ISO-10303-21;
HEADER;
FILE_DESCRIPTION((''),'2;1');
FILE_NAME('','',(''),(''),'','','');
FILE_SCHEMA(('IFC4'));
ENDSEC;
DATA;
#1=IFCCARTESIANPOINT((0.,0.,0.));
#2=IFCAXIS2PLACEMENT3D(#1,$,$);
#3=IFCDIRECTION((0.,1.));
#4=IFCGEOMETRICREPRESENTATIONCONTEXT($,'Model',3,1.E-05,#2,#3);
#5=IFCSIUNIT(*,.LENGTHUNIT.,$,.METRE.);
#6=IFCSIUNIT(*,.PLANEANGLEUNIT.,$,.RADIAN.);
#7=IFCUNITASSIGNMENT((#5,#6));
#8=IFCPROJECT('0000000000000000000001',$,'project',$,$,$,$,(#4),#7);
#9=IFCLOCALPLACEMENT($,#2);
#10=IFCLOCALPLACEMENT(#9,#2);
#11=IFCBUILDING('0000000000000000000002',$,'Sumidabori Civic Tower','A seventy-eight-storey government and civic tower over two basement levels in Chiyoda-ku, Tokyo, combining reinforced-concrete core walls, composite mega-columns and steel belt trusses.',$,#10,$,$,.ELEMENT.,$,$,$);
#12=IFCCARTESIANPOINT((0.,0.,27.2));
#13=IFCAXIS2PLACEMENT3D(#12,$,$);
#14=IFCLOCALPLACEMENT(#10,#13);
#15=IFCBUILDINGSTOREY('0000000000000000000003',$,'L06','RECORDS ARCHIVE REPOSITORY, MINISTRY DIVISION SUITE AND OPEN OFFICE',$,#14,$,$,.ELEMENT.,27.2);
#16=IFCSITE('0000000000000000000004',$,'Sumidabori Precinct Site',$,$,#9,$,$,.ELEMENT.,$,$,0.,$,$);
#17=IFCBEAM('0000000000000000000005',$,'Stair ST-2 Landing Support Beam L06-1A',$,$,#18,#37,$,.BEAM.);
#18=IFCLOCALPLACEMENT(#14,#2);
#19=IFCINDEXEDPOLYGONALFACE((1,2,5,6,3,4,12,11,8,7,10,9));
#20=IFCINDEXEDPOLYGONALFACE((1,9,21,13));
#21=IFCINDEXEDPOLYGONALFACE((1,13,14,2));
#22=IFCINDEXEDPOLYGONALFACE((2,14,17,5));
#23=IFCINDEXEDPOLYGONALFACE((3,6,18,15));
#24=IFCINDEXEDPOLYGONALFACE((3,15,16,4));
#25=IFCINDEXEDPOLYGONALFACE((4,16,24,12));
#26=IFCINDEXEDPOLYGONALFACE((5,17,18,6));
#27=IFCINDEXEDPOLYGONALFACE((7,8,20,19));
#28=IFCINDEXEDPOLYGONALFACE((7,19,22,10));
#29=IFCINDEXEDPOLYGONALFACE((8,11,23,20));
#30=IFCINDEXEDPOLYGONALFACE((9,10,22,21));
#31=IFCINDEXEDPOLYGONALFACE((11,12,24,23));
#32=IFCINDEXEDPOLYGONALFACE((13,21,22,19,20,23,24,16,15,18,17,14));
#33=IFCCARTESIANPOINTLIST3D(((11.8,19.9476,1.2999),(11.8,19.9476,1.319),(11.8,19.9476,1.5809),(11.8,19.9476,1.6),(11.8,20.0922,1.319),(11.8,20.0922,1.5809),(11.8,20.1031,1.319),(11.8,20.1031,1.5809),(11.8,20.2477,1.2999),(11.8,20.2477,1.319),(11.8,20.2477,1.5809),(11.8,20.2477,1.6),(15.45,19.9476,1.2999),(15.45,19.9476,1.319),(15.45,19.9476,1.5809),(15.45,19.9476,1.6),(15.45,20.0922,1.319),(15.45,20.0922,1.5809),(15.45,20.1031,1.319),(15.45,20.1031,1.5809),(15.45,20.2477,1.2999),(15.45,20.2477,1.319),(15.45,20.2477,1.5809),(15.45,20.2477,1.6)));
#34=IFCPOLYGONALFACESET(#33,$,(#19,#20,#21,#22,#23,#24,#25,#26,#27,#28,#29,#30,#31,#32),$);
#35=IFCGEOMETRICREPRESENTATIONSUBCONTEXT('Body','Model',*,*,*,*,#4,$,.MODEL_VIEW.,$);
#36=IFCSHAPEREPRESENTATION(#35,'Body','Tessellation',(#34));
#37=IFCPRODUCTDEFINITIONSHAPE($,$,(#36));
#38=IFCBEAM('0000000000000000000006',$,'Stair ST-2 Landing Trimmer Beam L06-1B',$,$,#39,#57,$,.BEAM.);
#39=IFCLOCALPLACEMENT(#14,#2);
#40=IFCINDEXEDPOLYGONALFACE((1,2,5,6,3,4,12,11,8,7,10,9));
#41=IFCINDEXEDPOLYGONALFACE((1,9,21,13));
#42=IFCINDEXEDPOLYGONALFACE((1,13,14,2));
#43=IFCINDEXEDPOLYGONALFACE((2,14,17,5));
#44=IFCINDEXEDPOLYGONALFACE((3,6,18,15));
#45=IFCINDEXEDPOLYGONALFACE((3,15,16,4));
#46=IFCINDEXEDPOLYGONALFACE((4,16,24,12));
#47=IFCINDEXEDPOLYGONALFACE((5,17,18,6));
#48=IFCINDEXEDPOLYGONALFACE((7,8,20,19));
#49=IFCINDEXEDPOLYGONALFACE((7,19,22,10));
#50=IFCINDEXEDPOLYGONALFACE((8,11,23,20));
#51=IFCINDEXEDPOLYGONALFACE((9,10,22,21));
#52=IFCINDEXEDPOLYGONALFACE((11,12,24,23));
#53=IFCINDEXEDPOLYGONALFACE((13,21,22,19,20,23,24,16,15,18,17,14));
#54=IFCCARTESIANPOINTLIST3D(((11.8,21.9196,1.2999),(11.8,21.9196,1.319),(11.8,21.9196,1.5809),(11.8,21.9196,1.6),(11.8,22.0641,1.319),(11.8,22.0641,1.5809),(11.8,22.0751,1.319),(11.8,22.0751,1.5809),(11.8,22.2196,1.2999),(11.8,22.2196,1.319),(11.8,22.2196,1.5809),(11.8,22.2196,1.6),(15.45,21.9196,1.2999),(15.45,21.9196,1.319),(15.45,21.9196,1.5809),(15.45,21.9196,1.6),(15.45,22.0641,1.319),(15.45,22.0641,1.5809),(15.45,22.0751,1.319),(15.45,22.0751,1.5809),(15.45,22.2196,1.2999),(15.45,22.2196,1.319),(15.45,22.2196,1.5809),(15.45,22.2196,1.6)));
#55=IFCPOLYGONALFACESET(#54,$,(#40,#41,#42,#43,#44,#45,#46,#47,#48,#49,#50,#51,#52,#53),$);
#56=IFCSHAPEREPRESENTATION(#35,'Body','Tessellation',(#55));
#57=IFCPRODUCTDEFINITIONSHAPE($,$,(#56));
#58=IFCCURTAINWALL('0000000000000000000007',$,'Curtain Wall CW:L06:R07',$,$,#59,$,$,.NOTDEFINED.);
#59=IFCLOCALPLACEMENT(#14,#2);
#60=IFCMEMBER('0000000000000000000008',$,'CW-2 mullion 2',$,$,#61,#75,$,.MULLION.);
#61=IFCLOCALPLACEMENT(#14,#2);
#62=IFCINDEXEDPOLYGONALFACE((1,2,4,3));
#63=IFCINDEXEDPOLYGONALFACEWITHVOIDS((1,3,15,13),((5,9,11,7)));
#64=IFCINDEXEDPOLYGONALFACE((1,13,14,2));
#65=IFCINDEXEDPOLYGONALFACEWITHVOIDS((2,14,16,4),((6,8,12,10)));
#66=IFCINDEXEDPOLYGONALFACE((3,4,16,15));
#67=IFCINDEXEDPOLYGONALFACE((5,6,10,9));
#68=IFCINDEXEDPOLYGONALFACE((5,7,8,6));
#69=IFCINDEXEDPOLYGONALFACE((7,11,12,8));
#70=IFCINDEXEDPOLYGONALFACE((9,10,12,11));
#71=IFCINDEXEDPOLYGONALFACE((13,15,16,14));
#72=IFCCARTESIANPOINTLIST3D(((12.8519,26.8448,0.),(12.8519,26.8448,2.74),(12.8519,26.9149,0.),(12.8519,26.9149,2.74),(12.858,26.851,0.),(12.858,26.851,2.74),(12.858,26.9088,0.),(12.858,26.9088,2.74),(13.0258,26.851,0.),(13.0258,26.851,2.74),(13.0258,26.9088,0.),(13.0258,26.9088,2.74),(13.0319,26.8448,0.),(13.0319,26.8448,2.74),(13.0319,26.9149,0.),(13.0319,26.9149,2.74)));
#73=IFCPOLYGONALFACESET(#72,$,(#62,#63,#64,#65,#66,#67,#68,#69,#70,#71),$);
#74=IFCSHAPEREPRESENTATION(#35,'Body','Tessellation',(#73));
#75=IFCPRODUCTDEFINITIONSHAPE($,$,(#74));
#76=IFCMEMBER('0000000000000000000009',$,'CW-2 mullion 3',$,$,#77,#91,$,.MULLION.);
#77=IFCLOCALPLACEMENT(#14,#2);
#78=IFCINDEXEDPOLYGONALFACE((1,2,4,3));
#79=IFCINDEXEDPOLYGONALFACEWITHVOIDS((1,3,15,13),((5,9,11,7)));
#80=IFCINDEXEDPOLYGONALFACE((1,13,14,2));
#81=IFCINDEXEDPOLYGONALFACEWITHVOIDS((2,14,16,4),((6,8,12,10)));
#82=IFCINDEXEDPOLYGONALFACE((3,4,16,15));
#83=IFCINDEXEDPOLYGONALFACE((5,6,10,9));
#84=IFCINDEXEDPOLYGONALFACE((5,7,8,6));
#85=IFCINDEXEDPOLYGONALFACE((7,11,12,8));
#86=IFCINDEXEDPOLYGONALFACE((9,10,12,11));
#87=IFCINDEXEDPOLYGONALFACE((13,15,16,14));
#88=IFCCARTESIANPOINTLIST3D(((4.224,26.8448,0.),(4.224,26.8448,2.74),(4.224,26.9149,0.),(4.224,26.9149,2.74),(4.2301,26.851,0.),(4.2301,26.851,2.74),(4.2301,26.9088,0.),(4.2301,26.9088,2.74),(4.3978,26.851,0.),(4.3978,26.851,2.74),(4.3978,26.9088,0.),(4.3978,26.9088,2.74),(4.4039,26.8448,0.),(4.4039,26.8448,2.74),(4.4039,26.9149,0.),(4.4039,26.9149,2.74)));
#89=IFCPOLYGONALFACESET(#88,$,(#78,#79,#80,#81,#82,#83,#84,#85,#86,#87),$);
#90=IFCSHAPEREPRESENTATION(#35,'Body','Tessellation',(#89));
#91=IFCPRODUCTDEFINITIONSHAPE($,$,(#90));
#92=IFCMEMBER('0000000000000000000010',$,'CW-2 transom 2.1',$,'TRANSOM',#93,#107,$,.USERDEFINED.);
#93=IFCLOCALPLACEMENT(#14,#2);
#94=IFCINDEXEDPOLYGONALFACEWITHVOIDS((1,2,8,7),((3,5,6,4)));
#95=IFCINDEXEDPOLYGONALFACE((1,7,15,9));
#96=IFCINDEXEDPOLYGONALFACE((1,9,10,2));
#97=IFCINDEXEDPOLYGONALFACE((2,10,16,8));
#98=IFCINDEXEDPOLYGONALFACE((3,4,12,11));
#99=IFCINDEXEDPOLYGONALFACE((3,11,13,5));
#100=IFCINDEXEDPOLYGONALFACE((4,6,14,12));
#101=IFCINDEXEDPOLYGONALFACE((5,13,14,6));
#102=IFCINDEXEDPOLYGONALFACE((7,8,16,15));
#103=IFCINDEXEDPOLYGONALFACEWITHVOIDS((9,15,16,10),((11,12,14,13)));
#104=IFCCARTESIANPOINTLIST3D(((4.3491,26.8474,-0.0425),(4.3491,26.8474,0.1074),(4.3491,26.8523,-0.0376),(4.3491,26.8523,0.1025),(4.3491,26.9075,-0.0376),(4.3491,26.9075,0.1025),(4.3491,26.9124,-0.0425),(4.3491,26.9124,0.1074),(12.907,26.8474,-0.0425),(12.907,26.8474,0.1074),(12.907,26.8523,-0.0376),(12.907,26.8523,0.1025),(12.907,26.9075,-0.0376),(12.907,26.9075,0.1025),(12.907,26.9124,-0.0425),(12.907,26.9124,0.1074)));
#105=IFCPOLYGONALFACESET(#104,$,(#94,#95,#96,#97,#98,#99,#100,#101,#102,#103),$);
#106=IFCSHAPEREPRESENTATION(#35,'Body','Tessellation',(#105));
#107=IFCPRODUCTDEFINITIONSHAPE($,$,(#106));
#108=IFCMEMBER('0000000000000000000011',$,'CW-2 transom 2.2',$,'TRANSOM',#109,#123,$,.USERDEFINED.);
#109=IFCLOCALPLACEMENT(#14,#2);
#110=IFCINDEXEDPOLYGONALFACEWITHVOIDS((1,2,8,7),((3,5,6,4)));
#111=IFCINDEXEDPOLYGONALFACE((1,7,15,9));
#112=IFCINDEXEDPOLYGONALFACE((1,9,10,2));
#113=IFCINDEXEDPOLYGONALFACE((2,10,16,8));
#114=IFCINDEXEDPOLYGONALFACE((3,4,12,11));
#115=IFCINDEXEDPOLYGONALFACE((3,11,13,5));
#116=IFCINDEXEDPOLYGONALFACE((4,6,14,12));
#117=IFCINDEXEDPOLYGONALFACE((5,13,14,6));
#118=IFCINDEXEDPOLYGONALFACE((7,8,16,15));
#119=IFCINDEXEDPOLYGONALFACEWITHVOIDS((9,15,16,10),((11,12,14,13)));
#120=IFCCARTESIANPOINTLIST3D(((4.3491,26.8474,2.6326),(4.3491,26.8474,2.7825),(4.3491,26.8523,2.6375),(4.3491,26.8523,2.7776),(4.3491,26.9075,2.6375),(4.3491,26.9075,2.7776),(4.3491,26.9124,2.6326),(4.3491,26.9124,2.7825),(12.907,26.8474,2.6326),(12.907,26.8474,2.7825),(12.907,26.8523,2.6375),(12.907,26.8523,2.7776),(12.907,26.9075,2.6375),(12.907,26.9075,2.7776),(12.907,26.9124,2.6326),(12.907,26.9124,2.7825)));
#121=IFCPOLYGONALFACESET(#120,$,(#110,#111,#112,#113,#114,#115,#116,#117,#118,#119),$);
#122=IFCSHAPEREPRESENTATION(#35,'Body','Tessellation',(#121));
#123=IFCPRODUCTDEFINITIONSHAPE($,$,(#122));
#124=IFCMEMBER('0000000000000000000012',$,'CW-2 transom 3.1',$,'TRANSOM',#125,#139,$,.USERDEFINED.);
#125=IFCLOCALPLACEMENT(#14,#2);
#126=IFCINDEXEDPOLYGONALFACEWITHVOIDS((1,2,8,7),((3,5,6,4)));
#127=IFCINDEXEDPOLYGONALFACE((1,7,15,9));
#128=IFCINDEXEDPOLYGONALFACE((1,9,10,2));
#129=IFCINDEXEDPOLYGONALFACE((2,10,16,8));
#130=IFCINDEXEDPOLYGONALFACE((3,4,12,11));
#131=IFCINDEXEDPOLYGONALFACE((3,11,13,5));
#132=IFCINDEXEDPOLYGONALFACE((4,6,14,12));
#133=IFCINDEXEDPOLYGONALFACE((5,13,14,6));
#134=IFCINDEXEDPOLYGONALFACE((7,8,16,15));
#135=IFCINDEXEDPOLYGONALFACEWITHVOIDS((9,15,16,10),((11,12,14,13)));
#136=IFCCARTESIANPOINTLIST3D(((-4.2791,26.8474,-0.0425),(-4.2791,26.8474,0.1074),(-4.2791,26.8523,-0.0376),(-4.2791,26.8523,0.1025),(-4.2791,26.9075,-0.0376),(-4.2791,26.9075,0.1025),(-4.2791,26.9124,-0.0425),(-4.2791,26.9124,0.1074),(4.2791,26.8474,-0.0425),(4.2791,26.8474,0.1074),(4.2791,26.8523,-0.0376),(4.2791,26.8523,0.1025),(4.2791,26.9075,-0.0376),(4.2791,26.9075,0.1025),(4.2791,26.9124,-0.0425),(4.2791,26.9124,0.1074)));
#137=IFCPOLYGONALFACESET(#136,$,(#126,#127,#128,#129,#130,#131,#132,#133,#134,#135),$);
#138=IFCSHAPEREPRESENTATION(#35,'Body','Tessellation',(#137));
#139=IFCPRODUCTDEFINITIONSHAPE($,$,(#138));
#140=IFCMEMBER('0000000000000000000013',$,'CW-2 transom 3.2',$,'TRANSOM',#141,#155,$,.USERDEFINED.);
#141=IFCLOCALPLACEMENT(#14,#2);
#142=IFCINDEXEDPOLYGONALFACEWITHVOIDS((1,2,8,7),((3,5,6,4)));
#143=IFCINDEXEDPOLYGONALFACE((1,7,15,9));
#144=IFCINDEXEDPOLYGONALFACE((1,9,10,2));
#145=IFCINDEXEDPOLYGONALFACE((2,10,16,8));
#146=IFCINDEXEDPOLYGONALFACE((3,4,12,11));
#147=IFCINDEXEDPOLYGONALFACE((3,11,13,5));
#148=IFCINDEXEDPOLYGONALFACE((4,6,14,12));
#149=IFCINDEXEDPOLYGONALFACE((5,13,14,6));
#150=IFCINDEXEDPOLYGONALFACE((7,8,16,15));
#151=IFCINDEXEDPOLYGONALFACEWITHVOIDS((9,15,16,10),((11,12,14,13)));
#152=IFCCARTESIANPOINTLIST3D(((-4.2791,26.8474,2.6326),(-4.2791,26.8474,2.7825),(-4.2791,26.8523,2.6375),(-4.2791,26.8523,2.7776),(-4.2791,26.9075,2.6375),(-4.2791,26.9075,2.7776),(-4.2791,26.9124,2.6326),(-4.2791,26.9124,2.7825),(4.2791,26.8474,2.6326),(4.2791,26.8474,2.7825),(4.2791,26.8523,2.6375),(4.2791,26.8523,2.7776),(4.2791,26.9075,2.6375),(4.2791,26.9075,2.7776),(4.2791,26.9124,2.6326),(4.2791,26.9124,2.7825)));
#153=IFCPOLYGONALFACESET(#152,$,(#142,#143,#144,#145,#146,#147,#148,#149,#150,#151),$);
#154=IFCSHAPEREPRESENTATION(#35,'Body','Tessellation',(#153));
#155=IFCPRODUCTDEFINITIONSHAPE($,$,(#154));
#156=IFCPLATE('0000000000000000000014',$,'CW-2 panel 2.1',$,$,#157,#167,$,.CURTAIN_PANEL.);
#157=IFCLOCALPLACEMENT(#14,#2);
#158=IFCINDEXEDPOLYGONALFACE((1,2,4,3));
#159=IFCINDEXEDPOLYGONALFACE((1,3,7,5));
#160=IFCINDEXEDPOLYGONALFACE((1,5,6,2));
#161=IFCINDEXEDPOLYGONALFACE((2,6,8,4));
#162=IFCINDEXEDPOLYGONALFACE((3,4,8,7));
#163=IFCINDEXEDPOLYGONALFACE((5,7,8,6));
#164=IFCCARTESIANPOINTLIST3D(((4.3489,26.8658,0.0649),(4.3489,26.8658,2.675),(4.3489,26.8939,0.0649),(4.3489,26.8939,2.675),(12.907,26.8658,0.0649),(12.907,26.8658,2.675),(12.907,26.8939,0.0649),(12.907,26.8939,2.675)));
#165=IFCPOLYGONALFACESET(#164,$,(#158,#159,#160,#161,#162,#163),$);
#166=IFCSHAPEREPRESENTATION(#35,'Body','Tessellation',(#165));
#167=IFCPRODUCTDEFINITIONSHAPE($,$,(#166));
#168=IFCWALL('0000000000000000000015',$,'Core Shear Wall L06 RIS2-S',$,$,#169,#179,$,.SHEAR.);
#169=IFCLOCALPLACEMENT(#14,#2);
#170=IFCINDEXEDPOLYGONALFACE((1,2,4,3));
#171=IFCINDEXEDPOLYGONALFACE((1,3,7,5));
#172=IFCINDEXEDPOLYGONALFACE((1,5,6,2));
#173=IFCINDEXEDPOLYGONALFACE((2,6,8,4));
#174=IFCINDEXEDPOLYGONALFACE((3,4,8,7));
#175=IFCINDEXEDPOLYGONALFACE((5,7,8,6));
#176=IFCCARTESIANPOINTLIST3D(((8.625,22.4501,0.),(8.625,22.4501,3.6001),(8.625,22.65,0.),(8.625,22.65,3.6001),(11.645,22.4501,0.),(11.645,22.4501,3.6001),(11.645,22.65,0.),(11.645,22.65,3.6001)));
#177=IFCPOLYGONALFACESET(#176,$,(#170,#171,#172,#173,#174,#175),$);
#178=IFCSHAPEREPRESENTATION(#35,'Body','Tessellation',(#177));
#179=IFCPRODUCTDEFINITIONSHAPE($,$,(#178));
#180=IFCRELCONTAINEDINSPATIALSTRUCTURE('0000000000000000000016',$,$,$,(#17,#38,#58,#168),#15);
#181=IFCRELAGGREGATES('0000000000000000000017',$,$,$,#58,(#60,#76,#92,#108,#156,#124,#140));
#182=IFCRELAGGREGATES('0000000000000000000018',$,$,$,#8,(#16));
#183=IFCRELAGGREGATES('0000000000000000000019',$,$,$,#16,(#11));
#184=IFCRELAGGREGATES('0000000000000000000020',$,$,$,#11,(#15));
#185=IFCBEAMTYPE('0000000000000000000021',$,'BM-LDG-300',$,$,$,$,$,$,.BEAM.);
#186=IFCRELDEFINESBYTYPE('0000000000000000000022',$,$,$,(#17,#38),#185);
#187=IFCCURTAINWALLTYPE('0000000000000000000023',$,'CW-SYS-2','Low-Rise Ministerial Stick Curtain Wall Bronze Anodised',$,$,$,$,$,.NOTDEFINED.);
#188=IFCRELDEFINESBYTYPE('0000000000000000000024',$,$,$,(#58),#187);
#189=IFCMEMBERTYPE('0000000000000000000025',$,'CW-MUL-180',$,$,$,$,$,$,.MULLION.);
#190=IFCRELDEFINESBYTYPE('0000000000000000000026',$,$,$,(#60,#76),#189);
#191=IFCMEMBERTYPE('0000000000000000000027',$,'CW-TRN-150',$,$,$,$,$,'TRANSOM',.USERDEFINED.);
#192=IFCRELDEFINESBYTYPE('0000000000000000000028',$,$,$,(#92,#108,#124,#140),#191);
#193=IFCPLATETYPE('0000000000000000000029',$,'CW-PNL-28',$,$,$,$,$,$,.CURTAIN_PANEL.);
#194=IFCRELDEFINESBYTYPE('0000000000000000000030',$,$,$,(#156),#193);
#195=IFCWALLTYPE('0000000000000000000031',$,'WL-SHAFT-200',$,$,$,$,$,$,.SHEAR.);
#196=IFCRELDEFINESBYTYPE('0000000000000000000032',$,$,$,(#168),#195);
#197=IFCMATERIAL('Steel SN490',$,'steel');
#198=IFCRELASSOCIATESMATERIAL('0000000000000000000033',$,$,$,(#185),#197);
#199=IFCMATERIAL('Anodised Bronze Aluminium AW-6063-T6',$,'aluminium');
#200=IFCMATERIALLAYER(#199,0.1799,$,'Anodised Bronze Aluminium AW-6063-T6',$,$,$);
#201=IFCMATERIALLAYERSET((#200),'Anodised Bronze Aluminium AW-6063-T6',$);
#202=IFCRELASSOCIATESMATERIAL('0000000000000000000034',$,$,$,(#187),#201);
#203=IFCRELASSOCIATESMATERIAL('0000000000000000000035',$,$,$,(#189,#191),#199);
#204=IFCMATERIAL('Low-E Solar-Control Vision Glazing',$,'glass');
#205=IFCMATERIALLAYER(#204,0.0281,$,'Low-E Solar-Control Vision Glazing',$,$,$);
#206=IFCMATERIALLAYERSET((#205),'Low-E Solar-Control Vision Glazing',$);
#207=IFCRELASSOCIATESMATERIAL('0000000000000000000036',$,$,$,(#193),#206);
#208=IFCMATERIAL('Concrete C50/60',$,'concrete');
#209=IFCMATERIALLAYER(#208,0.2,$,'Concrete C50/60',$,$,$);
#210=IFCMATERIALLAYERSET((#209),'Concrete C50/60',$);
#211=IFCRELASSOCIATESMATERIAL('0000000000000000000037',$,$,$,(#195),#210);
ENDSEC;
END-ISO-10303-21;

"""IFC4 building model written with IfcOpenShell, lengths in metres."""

from ifc_helpers import new_model, si_unit, direction, frame, frame_2d, origin, origin_2d, place, context, subcontext, project, spatial, rectangle, hollow_rectangle, i_section, extrude, source, transform, mapped, material, layer, layer_set, material_profile, profile_set, type_object, element, aggregate, save


model = new_model("IFC4")

# Units and contexts
model_context = context("Model", 3, precision=1e-05, world=origin(), true_north=direction((0.0, 1.0)))
body_context = subcontext(model_context, "Body", "Model", "MODEL_VIEW")
ifc_project = project(units=[si_unit("LENGTHUNIT", "METRE"), si_unit("PLANEANGLEUNIT", "RADIAN")], contexts=[model_context])

# Site, building, storey
site_placement = place(None, origin())
site = spatial("IfcSite", under=ifc_project, at=site_placement, Name="Sumidabori Precinct Site", CompositionType="ELEMENT", RefElevation=0.0)
building_placement = place(site_placement, origin())
building = spatial("IfcBuilding", under=site, at=building_placement, Name="Sumidabori Civic Tower", Description="A seventy-eight-storey government and civic tower over two basement levels in Chiyoda-ku, Tokyo, combining reinforced-concrete core walls, composite mega-columns and steel belt trusses.", CompositionType="ELEMENT")
storey_placement = place(building_placement, frame((0.0, 0.0, 27.2)))
storey = spatial("IfcBuildingStorey", under=building, at=storey_placement, Name="L06", Description="RECORDS ARCHIVE REPOSITORY, MINISTRY DIVISION SUITE AND OPEN OFFICE", CompositionType="ELEMENT", Elevation=27.2)

# Beams
ifc_material_1 = material(Name="Steel SN490", Category="steel")
ifc_material_profile_1 = material_profile(ifc_material_1, i_section(OverallWidth=0.3, OverallDepth=0.3, WebThickness=0.011, FlangeThickness=0.019, at=origin_2d()), Name="HE 300 B")
ifc_profile_set_1 = profile_set([ifc_material_profile_1], Name="Steel SN490")
beam_type = type_object("IfcBeamType", Name="BM-LDG-300", PredefinedType="BEAM", material=ifc_profile_set_1)
shared_shape_1 = source(origin(), body_context, "Body", "SweptSolid", [
    extrude(i_section(OverallWidth=0.3, OverallDepth=0.3, WebThickness=0.011, FlangeThickness=0.019, at=origin_2d()), origin(), (0.0, 0.0, 1.0), 3.6499),
])
for number, where, z_axis, x_axis, name in (
    (1, (11.8, 20.0977, 1.45), (1.0, 0.0, 0.0), (0.0, 1.0, 0.0), "Stair ST-2 Landing Support Beam L06-1A"),
    (2, (11.8, 22.0696, 1.45), (1.0, 0.0, 0.0), (0.0, 1.0, 0.0), "Stair ST-2 Landing Trimmer Beam L06-1B"),
):
    element("IfcBeam", number, at=place(storey_placement, frame(where, z_axis=z_axis, x_axis=x_axis)), inside=storey, type_object=beam_type, Name=name, PredefinedType="BEAM", context=body_context, shape_type="MappedRepresentation", body=[
        mapped(shared_shape_1, transform((0.0, 0.0, 0.0), x_axis=(1.0, 0.0, 0.0), y_axis=(0.0, 1.0, 0.0), z_axis=(0.0, 0.0, 1.0), scale=1.0)),
    ])

# Curtain wall, members, plate
ifc_material_2 = material(Name="Anodised Bronze Aluminium AW-6063-T6", Category="aluminium")
ifc_layer_1 = layer(ifc_material_2, 0.1799, Name="Anodised Bronze Aluminium AW-6063-T6")
ifc_layer_set_1 = layer_set([ifc_layer_1], Name="Anodised Bronze Aluminium AW-6063-T6")
curtain_wall_type = type_object("IfcCurtainWallType", Name="CW-SYS-2", Description="Low-Rise Ministerial Stick Curtain Wall Bronze Anodised", PredefinedType="NOTDEFINED", material=ifc_layer_set_1)
curtain_wall_placement = place(storey_placement, origin())
curtain_wall = element("IfcCurtainWall", 3, at=curtain_wall_placement, inside=storey, type_object=curtain_wall_type, Name="Curtain Wall CW:L06:R07", PredefinedType="NOTDEFINED")
ifc_material_profile_2 = material_profile(ifc_material_2, hollow_rectangle(XDim=0.0701, YDim=0.1799, WallThickness=0.0061, at=origin_2d()), Name="ALU MULLION 180x70")
ifc_profile_set_2 = profile_set([ifc_material_profile_2], Name="Anodised Bronze Aluminium AW-6063-T6")
member_type_1 = type_object("IfcMemberType", Name="CW-MUL-180", PredefinedType="MULLION", material=ifc_profile_set_2)
shared_shape_2 = source(origin(), body_context, "Body", "SweptSolid", [
    extrude(hollow_rectangle(XDim=0.0701, YDim=0.1799, WallThickness=0.0061, at=origin_2d()), origin(), (0.0, 0.0, 1.0), 2.74),
])
member_1_placement = place(storey_placement, frame((12.9419, 26.8799, 0.0), z_axis=(0.0, 0.0, 1.0), x_axis=(0.0, -1.0, 0.0)))
member_1 = element("IfcMember", 4, at=member_1_placement, type_object=member_type_1, Name="CW-2 mullion 2", PredefinedType="MULLION", context=body_context, shape_type="MappedRepresentation", body=[
    mapped(shared_shape_2, transform((0.0, 0.0, 0.0), x_axis=(1.0, 0.0, 0.0), y_axis=(0.0, 1.0, 0.0), z_axis=(0.0, 0.0, 1.0), scale=1.0)),
])
member_2_placement = place(storey_placement, frame((4.314, 26.8799, 0.0), z_axis=(0.0, 0.0, 1.0), x_axis=(0.0, -1.0, 0.0)))
member_2 = element("IfcMember", 5, at=member_2_placement, type_object=member_type_1, Name="CW-2 mullion 3", PredefinedType="MULLION", context=body_context, shape_type="MappedRepresentation", body=[
    mapped(shared_shape_2, transform((0.0, 0.0, 0.0), x_axis=(1.0, 0.0, 0.0), y_axis=(0.0, 1.0, 0.0), z_axis=(0.0, 0.0, 1.0), scale=1.0)),
])
ifc_material_profile_3 = material_profile(ifc_material_2, hollow_rectangle(XDim=0.0649, YDim=0.1499, WallThickness=0.0049, at=origin_2d()), Name="ALU TRANSOM 150x65")
ifc_profile_set_3 = profile_set([ifc_material_profile_3], Name="Anodised Bronze Aluminium AW-6063-T6")
member_type_2 = type_object("IfcMemberType", Name="CW-TRN-150", ElementType="TRANSOM", PredefinedType="USERDEFINED", material=ifc_profile_set_3)
shared_shape_3 = source(origin(), body_context, "Body", "SweptSolid", [
    extrude(hollow_rectangle(XDim=0.0649, YDim=0.1499, WallThickness=0.0049, at=origin_2d()), origin(), (0.0, 0.0, 1.0), 8.5579),
])
member_3_placement = place(storey_placement, frame((12.907, 26.8799, 0.0325), z_axis=(-1.0, 0.0, 0.0), x_axis=(0.0, -1.0, 0.0)))
member_3 = element("IfcMember", 6, at=member_3_placement, type_object=member_type_2, Name="CW-2 transom 2.1", ObjectType="TRANSOM", PredefinedType="USERDEFINED", context=body_context, shape_type="MappedRepresentation", body=[
    mapped(shared_shape_3, transform((0.0, 0.0, 0.0), x_axis=(1.0, 0.0, 0.0), y_axis=(0.0, 1.0, 0.0), z_axis=(0.0, 0.0, 1.0), scale=1.0)),
])
member_4_placement = place(storey_placement, frame((12.907, 26.8799, 2.7075), z_axis=(-1.0, 0.0, 0.0), x_axis=(0.0, -1.0, 0.0)))
member_4 = element("IfcMember", 7, at=member_4_placement, type_object=member_type_2, Name="CW-2 transom 2.2", ObjectType="TRANSOM", PredefinedType="USERDEFINED", context=body_context, shape_type="MappedRepresentation", body=[
    mapped(shared_shape_3, transform((0.0, 0.0, 0.0), x_axis=(1.0, 0.0, 0.0), y_axis=(0.0, 1.0, 0.0), z_axis=(0.0, 0.0, 1.0), scale=1.0)),
])
shared_shape_4 = source(origin(), body_context, "Body", "SweptSolid", [
    extrude(hollow_rectangle(XDim=0.0649, YDim=0.1499, WallThickness=0.0049, at=origin_2d()), origin(), (0.0, 0.0, 1.0), 8.5581),
])
member_5_placement = place(storey_placement, frame((4.2791, 26.8799, 0.0325), z_axis=(-1.0, 0.0, 0.0), x_axis=(0.0, -1.0, 0.0)))
member_5 = element("IfcMember", 8, at=member_5_placement, type_object=member_type_2, Name="CW-2 transom 3.1", ObjectType="TRANSOM", PredefinedType="USERDEFINED", context=body_context, shape_type="MappedRepresentation", body=[
    mapped(shared_shape_4, transform((0.0, 0.0, 0.0), x_axis=(1.0, 0.0, 0.0), y_axis=(0.0, 1.0, 0.0), z_axis=(0.0, 0.0, 1.0), scale=1.0)),
])
member_6_placement = place(storey_placement, frame((4.2791, 26.8799, 2.7075), z_axis=(-1.0, 0.0, 0.0), x_axis=(0.0, -1.0, 0.0)))
member_6 = element("IfcMember", 9, at=member_6_placement, type_object=member_type_2, Name="CW-2 transom 3.2", ObjectType="TRANSOM", PredefinedType="USERDEFINED", context=body_context, shape_type="MappedRepresentation", body=[
    mapped(shared_shape_4, transform((0.0, 0.0, 0.0), x_axis=(1.0, 0.0, 0.0), y_axis=(0.0, 1.0, 0.0), z_axis=(0.0, 0.0, 1.0), scale=1.0)),
])
ifc_material_3 = material(Name="Low-E Solar-Control Vision Glazing", Category="glass")
ifc_layer_2 = layer(ifc_material_3, 0.0281, Name="Low-E Solar-Control Vision Glazing")
ifc_layer_set_2 = layer_set([ifc_layer_2], Name="Low-E Solar-Control Vision Glazing")
plate_type = type_object("IfcPlateType", Name="CW-PNL-28", PredefinedType="CURTAIN_PANEL", material=ifc_layer_set_2)
shared_shape_5 = source(origin(), body_context, "Body", "SweptSolid", [
    extrude(rectangle(XDim=8.5581, YDim=0.0281, at=origin_2d()), origin(), (0.0, 0.0, 1.0), 2.6101),
])
plate_placement = place(storey_placement, frame((8.6279, 26.8799, 0.0649), z_axis=(0.0, 0.0, 1.0), x_axis=(-1.0, 0.0, 0.0)))
plate = element("IfcPlate", 10, at=plate_placement, type_object=plate_type, Name="CW-2 panel 2.1", PredefinedType="CURTAIN_PANEL", context=body_context, shape_type="MappedRepresentation", body=[
    mapped(shared_shape_5, transform((0.0, 0.0, 0.0), x_axis=(1.0, 0.0, 0.0), y_axis=(0.0, 1.0, 0.0), z_axis=(0.0, 0.0, 1.0), scale=1.0)),
])
aggregate(curtain_wall, [member_1, member_2, member_3, member_4, plate, member_5, member_6])

# Wall
ifc_material_4 = material(Name="Concrete C50/60", Category="concrete")
ifc_layer_3 = layer(ifc_material_4, 0.2, Name="Concrete C50/60")
ifc_layer_set_3 = layer_set([ifc_layer_3], Name="Concrete C50/60")
wall_type_1 = type_object("IfcWallType", Name="WL-SHAFT-200", PredefinedType="SHEAR", material=ifc_layer_set_3)
shared_shape_6 = source(origin(), body_context, "Body", "SweptSolid", [
    extrude(rectangle(XDim=3.02, YDim=0.2, at=frame_2d((1.51, 0.0))), origin(), (0.0, 0.0, 1.0), 3.6001),
])
wall_1_placement = place(storey_placement, frame((8.625, 22.55, 0.0), z_axis=(0.0, 0.0, 1.0), x_axis=(1.0, 0.0, 0.0)))
element("IfcWall", 11, at=wall_1_placement, inside=storey, type_object=wall_type_1, Name="Core Shear Wall L06 RIS2-S", PredefinedType="SHEAR", context=body_context, shape_type="MappedRepresentation", body=[
    mapped(shared_shape_6, transform((0.0, 0.0, 0.0), x_axis=(1.0, 0.0, 0.0), y_axis=(0.0, 1.0, 0.0), z_axis=(0.0, 0.0, 1.0), scale=1.0)),
])

save(model, "model.ifc")
